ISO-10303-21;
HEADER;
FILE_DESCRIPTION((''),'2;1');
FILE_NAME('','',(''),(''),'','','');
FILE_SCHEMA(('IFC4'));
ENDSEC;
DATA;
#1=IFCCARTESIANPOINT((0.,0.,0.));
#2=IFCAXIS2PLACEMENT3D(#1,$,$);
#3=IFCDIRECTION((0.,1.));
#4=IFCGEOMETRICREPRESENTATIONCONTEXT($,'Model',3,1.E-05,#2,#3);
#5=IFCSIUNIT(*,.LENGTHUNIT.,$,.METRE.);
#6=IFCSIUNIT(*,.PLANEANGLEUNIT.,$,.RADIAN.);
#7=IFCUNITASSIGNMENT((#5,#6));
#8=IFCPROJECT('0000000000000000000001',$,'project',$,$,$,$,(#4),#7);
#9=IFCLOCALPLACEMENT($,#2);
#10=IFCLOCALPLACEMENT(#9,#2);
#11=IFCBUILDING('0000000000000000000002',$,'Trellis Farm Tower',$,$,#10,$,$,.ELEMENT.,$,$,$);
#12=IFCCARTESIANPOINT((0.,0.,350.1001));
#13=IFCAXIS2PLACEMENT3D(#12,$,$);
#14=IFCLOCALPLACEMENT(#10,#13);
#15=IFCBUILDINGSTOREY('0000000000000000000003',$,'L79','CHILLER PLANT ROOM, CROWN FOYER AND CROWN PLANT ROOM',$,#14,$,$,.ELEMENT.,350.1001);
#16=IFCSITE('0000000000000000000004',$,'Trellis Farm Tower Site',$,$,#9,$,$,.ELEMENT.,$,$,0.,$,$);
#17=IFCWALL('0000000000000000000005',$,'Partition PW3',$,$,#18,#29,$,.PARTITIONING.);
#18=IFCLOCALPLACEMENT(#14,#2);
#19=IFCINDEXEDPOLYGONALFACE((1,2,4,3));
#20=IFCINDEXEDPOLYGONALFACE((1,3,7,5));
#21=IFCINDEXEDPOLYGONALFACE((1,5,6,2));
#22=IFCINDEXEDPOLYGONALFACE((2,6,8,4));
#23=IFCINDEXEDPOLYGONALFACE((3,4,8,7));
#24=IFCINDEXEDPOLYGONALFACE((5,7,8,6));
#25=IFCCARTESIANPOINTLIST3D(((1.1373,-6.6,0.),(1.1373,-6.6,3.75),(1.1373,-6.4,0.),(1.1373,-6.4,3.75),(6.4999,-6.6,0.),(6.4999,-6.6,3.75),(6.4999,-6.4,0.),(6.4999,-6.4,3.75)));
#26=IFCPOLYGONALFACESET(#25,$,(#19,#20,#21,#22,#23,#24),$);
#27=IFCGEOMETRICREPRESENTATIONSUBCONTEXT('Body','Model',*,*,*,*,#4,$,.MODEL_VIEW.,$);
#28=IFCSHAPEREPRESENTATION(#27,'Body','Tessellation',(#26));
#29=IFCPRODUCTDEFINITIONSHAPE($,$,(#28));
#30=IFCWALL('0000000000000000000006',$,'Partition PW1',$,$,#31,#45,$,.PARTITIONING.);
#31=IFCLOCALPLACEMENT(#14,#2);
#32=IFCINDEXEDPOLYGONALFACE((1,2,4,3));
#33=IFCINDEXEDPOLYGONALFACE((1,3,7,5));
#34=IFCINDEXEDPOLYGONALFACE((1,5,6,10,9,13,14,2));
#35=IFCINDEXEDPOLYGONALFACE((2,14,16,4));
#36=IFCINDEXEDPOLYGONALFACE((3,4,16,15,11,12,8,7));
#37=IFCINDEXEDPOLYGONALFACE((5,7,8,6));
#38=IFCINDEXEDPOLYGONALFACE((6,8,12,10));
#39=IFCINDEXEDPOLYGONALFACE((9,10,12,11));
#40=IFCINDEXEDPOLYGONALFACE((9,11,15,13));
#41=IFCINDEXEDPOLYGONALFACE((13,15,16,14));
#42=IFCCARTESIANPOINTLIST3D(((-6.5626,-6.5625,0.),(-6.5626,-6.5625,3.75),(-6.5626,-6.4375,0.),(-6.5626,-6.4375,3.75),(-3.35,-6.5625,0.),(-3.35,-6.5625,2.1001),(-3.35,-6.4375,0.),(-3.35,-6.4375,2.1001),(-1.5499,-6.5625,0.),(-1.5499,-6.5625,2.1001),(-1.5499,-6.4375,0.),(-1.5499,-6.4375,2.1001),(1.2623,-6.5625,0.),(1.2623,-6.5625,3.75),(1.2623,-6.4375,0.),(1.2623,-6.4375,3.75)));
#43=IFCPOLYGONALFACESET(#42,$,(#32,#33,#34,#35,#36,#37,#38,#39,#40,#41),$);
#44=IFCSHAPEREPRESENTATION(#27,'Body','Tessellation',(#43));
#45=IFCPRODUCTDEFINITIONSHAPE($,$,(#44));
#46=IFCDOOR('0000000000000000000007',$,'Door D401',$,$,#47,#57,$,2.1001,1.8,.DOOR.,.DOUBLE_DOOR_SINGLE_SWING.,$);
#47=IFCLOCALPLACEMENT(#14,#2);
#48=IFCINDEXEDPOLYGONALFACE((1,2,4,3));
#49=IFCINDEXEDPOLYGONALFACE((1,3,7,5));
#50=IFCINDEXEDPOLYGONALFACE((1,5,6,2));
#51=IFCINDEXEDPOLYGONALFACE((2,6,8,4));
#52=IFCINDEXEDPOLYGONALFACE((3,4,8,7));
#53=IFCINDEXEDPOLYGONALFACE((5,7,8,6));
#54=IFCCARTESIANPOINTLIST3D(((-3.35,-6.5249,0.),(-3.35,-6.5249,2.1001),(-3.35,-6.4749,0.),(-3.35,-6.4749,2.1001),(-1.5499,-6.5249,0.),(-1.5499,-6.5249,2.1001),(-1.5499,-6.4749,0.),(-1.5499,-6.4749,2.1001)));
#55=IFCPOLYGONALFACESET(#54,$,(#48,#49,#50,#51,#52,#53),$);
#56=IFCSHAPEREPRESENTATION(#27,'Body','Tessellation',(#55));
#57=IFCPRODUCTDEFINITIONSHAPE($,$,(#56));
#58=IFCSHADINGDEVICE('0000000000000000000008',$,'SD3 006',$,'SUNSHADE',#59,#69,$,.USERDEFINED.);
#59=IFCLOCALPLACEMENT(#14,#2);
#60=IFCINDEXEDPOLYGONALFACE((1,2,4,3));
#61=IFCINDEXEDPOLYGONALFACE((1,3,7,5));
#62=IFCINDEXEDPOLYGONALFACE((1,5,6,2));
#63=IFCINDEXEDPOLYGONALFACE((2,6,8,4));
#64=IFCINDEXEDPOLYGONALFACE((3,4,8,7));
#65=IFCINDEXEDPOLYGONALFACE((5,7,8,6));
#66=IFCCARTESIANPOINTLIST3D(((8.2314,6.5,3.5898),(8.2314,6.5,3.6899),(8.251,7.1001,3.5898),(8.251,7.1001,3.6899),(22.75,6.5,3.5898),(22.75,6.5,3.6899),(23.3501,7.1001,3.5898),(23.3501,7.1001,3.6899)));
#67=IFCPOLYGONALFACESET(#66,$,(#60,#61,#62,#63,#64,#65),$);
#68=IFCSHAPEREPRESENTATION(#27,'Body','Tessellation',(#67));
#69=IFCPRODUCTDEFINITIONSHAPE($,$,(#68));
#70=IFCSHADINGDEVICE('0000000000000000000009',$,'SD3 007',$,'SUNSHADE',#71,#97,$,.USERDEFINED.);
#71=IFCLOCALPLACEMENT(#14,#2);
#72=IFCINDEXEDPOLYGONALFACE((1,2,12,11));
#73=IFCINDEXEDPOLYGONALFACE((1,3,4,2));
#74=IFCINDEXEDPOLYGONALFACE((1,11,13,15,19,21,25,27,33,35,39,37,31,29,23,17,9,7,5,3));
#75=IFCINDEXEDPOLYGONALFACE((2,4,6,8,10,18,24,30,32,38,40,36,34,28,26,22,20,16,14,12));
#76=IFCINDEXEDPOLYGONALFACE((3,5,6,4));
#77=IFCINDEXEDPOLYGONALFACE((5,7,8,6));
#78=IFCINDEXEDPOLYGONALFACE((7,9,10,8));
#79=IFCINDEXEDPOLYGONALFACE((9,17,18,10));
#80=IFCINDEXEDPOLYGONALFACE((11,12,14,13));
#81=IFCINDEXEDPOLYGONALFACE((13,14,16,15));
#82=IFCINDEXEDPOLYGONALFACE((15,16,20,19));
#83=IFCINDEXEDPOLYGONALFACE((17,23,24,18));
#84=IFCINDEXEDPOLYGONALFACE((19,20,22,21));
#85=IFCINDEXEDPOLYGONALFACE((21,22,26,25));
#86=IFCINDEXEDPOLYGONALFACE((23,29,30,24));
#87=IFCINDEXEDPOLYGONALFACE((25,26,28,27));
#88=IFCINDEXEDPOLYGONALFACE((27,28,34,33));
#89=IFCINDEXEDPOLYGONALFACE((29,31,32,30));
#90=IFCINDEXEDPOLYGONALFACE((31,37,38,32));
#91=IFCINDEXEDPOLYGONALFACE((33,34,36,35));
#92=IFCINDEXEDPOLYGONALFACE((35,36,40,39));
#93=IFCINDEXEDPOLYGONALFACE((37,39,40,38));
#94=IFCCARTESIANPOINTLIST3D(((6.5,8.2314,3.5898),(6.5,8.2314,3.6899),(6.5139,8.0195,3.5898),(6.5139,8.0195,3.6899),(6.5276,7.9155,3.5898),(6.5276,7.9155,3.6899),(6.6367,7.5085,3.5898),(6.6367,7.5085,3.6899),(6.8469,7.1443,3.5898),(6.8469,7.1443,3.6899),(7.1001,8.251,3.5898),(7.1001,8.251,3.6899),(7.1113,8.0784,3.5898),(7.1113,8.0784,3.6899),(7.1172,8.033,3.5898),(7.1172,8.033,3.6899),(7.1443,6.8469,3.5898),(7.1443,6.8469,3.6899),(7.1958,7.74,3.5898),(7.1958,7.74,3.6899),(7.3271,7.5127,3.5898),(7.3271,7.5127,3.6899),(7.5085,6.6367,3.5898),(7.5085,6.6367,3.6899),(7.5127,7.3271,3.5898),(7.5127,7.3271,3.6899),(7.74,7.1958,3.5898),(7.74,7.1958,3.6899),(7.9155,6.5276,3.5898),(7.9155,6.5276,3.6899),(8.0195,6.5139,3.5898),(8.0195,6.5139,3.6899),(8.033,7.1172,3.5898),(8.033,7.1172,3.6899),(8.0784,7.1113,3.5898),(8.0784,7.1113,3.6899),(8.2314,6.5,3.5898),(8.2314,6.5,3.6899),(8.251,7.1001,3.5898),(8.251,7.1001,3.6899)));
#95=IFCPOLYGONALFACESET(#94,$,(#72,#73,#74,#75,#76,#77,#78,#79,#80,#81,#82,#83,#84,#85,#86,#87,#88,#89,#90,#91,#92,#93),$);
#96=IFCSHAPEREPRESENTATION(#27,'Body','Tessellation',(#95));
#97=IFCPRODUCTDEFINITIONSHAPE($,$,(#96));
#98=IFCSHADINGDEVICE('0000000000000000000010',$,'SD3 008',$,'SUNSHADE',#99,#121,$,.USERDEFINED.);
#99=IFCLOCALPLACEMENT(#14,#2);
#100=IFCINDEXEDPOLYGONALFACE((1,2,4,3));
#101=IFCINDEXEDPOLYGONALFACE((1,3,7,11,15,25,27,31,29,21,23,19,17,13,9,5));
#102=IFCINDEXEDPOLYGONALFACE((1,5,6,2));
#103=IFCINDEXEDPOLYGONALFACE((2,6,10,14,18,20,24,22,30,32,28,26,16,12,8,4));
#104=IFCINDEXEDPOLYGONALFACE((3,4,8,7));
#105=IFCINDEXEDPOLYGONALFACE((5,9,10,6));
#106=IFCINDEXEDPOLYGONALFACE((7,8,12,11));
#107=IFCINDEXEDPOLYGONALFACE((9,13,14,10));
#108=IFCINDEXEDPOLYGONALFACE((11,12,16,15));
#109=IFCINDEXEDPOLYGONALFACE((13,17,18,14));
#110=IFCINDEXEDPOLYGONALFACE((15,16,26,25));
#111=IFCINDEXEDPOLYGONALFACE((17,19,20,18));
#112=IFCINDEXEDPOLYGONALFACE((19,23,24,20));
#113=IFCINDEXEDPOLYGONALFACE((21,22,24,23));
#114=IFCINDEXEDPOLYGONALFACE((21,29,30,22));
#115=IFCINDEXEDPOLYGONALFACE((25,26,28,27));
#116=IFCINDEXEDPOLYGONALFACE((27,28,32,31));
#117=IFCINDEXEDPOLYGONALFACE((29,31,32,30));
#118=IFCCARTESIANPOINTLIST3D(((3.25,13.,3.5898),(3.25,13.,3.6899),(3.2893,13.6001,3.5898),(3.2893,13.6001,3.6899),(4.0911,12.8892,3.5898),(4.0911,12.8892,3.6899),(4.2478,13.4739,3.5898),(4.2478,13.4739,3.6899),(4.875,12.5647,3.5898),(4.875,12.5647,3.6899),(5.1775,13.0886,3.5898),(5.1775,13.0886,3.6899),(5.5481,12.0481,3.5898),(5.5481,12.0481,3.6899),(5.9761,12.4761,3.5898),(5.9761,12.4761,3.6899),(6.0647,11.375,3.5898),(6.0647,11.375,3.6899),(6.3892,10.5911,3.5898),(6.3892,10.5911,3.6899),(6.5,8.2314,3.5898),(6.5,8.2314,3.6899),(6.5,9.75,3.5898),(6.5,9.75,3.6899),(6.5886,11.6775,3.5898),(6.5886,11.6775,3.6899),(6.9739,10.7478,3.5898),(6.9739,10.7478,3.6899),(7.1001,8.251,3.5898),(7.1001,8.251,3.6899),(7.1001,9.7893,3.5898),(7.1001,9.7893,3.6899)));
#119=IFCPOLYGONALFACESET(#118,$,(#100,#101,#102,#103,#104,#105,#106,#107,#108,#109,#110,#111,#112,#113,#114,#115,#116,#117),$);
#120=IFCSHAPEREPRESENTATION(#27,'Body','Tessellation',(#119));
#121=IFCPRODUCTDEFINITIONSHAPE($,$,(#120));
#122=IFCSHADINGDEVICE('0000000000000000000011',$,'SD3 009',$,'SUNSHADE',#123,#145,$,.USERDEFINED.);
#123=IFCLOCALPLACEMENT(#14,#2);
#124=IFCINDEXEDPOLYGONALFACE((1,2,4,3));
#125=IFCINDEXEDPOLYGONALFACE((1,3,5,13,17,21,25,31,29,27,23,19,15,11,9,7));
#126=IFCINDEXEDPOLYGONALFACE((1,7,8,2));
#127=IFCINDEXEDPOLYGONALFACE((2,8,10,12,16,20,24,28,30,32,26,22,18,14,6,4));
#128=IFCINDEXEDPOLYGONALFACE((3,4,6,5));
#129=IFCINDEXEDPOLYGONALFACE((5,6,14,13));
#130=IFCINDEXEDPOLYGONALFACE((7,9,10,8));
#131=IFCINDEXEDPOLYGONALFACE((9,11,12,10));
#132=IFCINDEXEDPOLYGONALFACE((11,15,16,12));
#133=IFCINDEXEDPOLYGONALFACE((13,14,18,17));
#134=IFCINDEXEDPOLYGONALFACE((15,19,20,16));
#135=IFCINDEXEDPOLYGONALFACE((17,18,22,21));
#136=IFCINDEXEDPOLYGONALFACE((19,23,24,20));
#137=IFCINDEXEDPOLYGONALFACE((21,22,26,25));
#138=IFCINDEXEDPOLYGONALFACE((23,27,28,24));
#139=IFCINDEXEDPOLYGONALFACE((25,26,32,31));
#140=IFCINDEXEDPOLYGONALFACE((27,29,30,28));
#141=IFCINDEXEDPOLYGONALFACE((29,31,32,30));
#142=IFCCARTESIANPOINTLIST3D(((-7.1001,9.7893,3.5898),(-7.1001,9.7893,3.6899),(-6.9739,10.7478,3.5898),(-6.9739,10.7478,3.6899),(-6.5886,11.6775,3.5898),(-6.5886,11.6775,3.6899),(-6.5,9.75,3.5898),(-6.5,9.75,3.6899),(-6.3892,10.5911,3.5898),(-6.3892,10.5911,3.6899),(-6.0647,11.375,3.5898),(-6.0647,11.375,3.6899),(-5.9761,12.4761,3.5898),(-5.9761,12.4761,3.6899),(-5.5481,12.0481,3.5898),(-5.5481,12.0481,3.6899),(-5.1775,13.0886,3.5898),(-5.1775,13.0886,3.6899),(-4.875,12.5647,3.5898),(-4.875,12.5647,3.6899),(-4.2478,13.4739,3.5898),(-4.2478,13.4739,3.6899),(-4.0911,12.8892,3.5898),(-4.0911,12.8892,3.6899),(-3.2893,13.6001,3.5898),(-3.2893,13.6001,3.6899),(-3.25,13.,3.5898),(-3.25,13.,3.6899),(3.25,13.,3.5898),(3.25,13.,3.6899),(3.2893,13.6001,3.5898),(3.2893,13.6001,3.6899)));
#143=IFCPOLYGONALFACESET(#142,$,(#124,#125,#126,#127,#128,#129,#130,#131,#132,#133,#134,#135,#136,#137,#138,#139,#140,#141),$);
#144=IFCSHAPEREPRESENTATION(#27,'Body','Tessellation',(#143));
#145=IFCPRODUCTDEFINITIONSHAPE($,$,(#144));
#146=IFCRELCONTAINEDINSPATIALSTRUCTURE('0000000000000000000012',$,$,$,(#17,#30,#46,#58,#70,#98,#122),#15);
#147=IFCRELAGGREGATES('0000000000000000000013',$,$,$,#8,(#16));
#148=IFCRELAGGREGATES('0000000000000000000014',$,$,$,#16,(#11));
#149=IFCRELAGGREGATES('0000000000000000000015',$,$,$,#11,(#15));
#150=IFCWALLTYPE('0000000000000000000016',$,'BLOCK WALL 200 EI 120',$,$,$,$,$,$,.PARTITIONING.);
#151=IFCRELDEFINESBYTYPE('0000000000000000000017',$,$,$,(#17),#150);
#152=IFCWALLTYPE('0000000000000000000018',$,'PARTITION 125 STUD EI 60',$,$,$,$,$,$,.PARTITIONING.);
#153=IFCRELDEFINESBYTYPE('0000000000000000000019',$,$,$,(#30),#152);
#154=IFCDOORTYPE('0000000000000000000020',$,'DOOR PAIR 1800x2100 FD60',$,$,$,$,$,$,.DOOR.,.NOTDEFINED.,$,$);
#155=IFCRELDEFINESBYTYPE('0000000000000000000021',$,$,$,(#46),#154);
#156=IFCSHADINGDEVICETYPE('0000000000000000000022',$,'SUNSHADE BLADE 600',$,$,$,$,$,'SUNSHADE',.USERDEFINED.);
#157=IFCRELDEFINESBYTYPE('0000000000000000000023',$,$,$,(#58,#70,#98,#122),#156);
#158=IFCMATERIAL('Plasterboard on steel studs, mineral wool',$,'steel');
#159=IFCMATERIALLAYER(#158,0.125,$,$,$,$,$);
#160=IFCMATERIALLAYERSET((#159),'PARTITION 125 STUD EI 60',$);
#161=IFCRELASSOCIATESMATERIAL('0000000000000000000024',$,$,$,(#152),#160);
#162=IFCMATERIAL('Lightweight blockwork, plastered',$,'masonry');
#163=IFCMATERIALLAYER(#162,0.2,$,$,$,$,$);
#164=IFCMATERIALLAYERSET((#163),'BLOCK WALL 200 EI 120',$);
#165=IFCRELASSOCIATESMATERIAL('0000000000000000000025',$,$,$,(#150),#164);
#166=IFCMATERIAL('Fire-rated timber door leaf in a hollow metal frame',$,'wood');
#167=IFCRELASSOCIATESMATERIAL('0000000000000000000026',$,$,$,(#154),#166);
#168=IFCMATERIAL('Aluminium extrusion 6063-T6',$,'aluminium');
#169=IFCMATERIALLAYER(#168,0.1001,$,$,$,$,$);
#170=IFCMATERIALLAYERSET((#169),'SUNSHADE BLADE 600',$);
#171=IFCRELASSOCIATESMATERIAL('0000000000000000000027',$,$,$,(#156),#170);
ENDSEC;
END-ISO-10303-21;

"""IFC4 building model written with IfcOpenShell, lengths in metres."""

from ifc_helpers import new_model, si_unit, direction, frame, frame_2d, origin, place, context, subcontext, project, spatial, polyline, rectangle, outline, extrude, source, transform, mapped, material, layer, layer_set, type_object, element, fill, save


model = new_model("IFC4")

# Units and contexts
model_context = context("Model", 3, precision=1e-05, world=origin(), true_north=direction((0.0, 1.0)))
body_context = subcontext(model_context, "Body", "Model", "MODEL_VIEW")
ifc_project = project(units=[si_unit("LENGTHUNIT", "METRE"), si_unit("PLANEANGLEUNIT", "RADIAN")], contexts=[model_context])

# Site, building, storey
site_placement = place(None, origin())
site = spatial("IfcSite", under=ifc_project, at=site_placement, Name="Trellis Farm Tower Site", CompositionType="ELEMENT", RefElevation=0.0)
building_placement = place(site_placement, origin())
building = spatial("IfcBuilding", under=site, at=building_placement, Name="Trellis Farm Tower", CompositionType="ELEMENT")
storey_placement = place(building_placement, frame((0.0, 0.0, 350.1001)))
storey = spatial("IfcBuildingStorey", under=building, at=storey_placement, Name="L79", Description="CHILLER PLANT ROOM, CROWN FOYER AND CROWN PLANT ROOM", CompositionType="ELEMENT", Elevation=350.1001)

# Shared definitions
ifc_material_1 = material(Name="Aluminium extrusion 6063-T6", Category="aluminium")

# Wall
ifc_material_2 = material(Name="Plasterboard on steel studs, mineral wool", Category="steel")
ifc_layer_1 = layer(ifc_material_2, 0.125)
ifc_layer_set_1 = layer_set([ifc_layer_1], Name="PARTITION 125 STUD EI 60")
wall_type_1 = type_object("IfcWallType", Name="PARTITION 125 STUD EI 60", PredefinedType="PARTITIONING", material=ifc_layer_set_1)
ifc_material_3 = material(Name="Lightweight blockwork, plastered", Category="masonry")
ifc_layer_2 = layer(ifc_material_3, 0.2)
ifc_layer_set_2 = layer_set([ifc_layer_2], Name="BLOCK WALL 200 EI 120")
wall_type_2 = type_object("IfcWallType", Name="BLOCK WALL 200 EI 120", PredefinedType="PARTITIONING", material=ifc_layer_set_2)
shared_shape_1 = source(origin(), body_context, "Body", "SweptSolid", [
    extrude(rectangle(XDim=5.3625, YDim=0.2, at=frame_2d((2.6812, 0.0))), origin(), (0.0, 0.0, 1.0), 3.75),
])
wall_1_placement = place(storey_placement, frame((1.1375, -6.5, 0.0), z_axis=(0.0, 0.0, 1.0), x_axis=(1.0, 0.0, 0.0)))
element("IfcWall", 1, at=wall_1_placement, inside=storey, type_object=wall_type_2, Name="Partition PW3", PredefinedType="PARTITIONING", context=body_context, shape_type="MappedRepresentation", body=[
    mapped(shared_shape_1, transform((0.0, 0.0, 0.0))),
])

# Wall, opening, door
shared_shape_2 = source(origin(), body_context, "Body", "SweptSolid", [
    extrude(rectangle(XDim=7.825, YDim=0.125, at=frame_2d((3.9126, 0.0))), origin(), (0.0, 0.0, 1.0), 3.75),
])
wall_2_placement = place(storey_placement, frame((1.2625, -6.5, 0.0), z_axis=(0.0, 0.0, 1.0), x_axis=(-1.0, 0.0, 0.0)))
wall_2 = element("IfcWall", 2, at=wall_2_placement, inside=storey, type_object=wall_type_1, Name="Partition PW1", PredefinedType="PARTITIONING", context=body_context, shape_type="MappedRepresentation", body=[
    mapped(shared_shape_2, transform((0.0, 0.0, 0.0))),
])
shared_shape_3 = source(origin(), body_context, "Body", "SweptSolid", [
    extrude(rectangle(XDim=1.8, YDim=2.1001, at=frame_2d((0.8999, 1.05))), frame((0.0, 0.0725, 0.0), z_axis=(0.0, -1.0, 0.0), x_axis=(1.0, 0.0, 0.0)), (0.0, 0.0, 1.0), 0.145),
])
opening_placement = place(wall_2_placement, frame((2.8125, 0.0, 0.0)))
opening = element("IfcOpeningElement", 3, at=opening_placement, cuts=wall_2, PredefinedType="OPENING", context=body_context, shape_type="MappedRepresentation", body=[
    mapped(shared_shape_3, transform((0.0, 0.0, 0.0))),
])
ifc_material_4 = material(Name="Fire-rated timber door leaf in a hollow metal frame", Category="wood")
door_type = type_object("IfcDoorType", Name="DOOR PAIR 1800x2100 FD60", OperationType="NOTDEFINED", PredefinedType="DOOR", material=ifc_material_4)
shared_shape_4 = source(origin(), body_context, "Body", "SweptSolid", [
    extrude(rectangle(XDim=1.8, YDim=2.1001, at=frame_2d((0.8999, 1.05))), frame((0.0, 0.0249, 0.0), z_axis=(0.0, -1.0, 0.0), x_axis=(1.0, 0.0, 0.0)), (0.0, 0.0, 1.0), 0.05),
])
door_placement = place(opening_placement, origin())
door = element("IfcDoor", 4, at=door_placement, inside=storey, type_object=door_type, Name="Door D401", OperationType="DOUBLE_DOOR_SINGLE_SWING", OverallHeight=2.1001, OverallWidth=1.8, PredefinedType="DOOR", context=body_context, shape_type="MappedRepresentation", body=[
    mapped(shared_shape_4, transform((0.0, 0.0, 0.0))),
])
fill(opening, door)

# Shading devices
ifc_layer_3 = layer(ifc_material_1, 0.1001)
ifc_layer_set_3 = layer_set([ifc_layer_3], Name="SUNSHADE BLADE 600")
shading_device_type = type_object("IfcShadingDeviceType", Name="SUNSHADE BLADE 600", ElementType="SUNSHADE", PredefinedType="USERDEFINED", material=ifc_layer_set_3)
shared_shape_5 = source(origin(), body_context, "Body", "SweptSolid", [
    extrude(outline(polyline([(23.3501, 7.1001), (8.251, 7.1001), (8.2314, 6.5), (22.75, 6.5), (23.3501, 7.1001)])), origin(), (0.0, 0.0, 1.0), 0.1001),
])
placement_1 = place(storey_placement, frame((0.0, 0.0, 3.5898)))
element("IfcShadingDevice", 5, at=placement_1, inside=storey, type_object=shading_device_type, Name="SD3 006", ObjectType="SUNSHADE", PredefinedType="USERDEFINED", context=body_context, shape_type="MappedRepresentation", body=[
    mapped(shared_shape_5, transform((0.0, 0.0, 0.0))),
])
shared_shape_6 = source(origin(), body_context, "Body", "SweptSolid", [
    extrude(outline(polyline([(8.251, 7.1001), (8.0784, 7.1113), (8.033, 7.1172), (7.74, 7.1958), (7.5127, 7.3271), (7.3271, 7.5127), (7.1958, 7.74), (7.1172, 8.033), (7.1113, 8.0784), (7.1001, 8.251), (6.5, 8.2314), (6.5139, 8.0195), (6.5276, 7.9155), (6.6367, 7.5085), (6.8469, 7.1443), (7.1443, 6.8469), (7.5085, 6.6367), (7.9155, 6.5276), (8.0195, 6.5139), (8.2314, 6.5), (8.251, 7.1001)])), origin(), (0.0, 0.0, 1.0), 0.1001),
])
element("IfcShadingDevice", 6, at=placement_1, inside=storey, type_object=shading_device_type, Name="SD3 007", ObjectType="SUNSHADE", PredefinedType="USERDEFINED", context=body_context, shape_type="MappedRepresentation", body=[
    mapped(shared_shape_6, transform((0.0, 0.0, 0.0))),
])
shared_shape_7 = source(origin(), body_context, "Body", "SweptSolid", [
    extrude(outline(polyline([(7.1001, 8.251), (7.1001, 9.7893), (6.9739, 10.7478), (6.5886, 11.6775), (5.9761, 12.4761), (5.1775, 13.0886), (4.2478, 13.4739), (3.2893, 13.6001), (3.25, 13.0), (4.0911, 12.8892), (4.875, 12.5647), (5.5481, 12.0481), (6.0647, 11.375), (6.3892, 10.5911), (6.5, 9.75), (6.5, 8.2314), (7.1001, 8.251)])), origin(), (0.0, 0.0, 1.0), 0.1001),
])
element("IfcShadingDevice", 7, at=placement_1, inside=storey, type_object=shading_device_type, Name="SD3 008", ObjectType="SUNSHADE", PredefinedType="USERDEFINED", context=body_context, shape_type="MappedRepresentation", body=[
    mapped(shared_shape_7, transform((0.0, 0.0, 0.0))),
])
shared_shape_8 = source(origin(), body_context, "Body", "SweptSolid", [
    extrude(outline(polyline([(3.2893, 13.6001), (-3.2893, 13.6001), (-4.2478, 13.4739), (-5.1775, 13.0886), (-5.9761, 12.4761), (-6.5886, 11.6775), (-6.9739, 10.7478), (-7.1001, 9.7893), (-6.5, 9.75), (-6.3892, 10.5911), (-6.0647, 11.375), (-5.5481, 12.0481), (-4.875, 12.5647), (-4.0911, 12.8892), (-3.25, 13.0), (3.25, 13.0), (3.2893, 13.6001)])), origin(), (0.0, 0.0, 1.0), 0.1001),
])
element("IfcShadingDevice", 8, at=placement_1, inside=storey, type_object=shading_device_type, Name="SD3 009", ObjectType="SUNSHADE", PredefinedType="USERDEFINED", context=body_context, shape_type="MappedRepresentation", body=[
    mapped(shared_shape_8, transform((0.0, 0.0, 0.0))),
])

save(model, "model.ifc")
